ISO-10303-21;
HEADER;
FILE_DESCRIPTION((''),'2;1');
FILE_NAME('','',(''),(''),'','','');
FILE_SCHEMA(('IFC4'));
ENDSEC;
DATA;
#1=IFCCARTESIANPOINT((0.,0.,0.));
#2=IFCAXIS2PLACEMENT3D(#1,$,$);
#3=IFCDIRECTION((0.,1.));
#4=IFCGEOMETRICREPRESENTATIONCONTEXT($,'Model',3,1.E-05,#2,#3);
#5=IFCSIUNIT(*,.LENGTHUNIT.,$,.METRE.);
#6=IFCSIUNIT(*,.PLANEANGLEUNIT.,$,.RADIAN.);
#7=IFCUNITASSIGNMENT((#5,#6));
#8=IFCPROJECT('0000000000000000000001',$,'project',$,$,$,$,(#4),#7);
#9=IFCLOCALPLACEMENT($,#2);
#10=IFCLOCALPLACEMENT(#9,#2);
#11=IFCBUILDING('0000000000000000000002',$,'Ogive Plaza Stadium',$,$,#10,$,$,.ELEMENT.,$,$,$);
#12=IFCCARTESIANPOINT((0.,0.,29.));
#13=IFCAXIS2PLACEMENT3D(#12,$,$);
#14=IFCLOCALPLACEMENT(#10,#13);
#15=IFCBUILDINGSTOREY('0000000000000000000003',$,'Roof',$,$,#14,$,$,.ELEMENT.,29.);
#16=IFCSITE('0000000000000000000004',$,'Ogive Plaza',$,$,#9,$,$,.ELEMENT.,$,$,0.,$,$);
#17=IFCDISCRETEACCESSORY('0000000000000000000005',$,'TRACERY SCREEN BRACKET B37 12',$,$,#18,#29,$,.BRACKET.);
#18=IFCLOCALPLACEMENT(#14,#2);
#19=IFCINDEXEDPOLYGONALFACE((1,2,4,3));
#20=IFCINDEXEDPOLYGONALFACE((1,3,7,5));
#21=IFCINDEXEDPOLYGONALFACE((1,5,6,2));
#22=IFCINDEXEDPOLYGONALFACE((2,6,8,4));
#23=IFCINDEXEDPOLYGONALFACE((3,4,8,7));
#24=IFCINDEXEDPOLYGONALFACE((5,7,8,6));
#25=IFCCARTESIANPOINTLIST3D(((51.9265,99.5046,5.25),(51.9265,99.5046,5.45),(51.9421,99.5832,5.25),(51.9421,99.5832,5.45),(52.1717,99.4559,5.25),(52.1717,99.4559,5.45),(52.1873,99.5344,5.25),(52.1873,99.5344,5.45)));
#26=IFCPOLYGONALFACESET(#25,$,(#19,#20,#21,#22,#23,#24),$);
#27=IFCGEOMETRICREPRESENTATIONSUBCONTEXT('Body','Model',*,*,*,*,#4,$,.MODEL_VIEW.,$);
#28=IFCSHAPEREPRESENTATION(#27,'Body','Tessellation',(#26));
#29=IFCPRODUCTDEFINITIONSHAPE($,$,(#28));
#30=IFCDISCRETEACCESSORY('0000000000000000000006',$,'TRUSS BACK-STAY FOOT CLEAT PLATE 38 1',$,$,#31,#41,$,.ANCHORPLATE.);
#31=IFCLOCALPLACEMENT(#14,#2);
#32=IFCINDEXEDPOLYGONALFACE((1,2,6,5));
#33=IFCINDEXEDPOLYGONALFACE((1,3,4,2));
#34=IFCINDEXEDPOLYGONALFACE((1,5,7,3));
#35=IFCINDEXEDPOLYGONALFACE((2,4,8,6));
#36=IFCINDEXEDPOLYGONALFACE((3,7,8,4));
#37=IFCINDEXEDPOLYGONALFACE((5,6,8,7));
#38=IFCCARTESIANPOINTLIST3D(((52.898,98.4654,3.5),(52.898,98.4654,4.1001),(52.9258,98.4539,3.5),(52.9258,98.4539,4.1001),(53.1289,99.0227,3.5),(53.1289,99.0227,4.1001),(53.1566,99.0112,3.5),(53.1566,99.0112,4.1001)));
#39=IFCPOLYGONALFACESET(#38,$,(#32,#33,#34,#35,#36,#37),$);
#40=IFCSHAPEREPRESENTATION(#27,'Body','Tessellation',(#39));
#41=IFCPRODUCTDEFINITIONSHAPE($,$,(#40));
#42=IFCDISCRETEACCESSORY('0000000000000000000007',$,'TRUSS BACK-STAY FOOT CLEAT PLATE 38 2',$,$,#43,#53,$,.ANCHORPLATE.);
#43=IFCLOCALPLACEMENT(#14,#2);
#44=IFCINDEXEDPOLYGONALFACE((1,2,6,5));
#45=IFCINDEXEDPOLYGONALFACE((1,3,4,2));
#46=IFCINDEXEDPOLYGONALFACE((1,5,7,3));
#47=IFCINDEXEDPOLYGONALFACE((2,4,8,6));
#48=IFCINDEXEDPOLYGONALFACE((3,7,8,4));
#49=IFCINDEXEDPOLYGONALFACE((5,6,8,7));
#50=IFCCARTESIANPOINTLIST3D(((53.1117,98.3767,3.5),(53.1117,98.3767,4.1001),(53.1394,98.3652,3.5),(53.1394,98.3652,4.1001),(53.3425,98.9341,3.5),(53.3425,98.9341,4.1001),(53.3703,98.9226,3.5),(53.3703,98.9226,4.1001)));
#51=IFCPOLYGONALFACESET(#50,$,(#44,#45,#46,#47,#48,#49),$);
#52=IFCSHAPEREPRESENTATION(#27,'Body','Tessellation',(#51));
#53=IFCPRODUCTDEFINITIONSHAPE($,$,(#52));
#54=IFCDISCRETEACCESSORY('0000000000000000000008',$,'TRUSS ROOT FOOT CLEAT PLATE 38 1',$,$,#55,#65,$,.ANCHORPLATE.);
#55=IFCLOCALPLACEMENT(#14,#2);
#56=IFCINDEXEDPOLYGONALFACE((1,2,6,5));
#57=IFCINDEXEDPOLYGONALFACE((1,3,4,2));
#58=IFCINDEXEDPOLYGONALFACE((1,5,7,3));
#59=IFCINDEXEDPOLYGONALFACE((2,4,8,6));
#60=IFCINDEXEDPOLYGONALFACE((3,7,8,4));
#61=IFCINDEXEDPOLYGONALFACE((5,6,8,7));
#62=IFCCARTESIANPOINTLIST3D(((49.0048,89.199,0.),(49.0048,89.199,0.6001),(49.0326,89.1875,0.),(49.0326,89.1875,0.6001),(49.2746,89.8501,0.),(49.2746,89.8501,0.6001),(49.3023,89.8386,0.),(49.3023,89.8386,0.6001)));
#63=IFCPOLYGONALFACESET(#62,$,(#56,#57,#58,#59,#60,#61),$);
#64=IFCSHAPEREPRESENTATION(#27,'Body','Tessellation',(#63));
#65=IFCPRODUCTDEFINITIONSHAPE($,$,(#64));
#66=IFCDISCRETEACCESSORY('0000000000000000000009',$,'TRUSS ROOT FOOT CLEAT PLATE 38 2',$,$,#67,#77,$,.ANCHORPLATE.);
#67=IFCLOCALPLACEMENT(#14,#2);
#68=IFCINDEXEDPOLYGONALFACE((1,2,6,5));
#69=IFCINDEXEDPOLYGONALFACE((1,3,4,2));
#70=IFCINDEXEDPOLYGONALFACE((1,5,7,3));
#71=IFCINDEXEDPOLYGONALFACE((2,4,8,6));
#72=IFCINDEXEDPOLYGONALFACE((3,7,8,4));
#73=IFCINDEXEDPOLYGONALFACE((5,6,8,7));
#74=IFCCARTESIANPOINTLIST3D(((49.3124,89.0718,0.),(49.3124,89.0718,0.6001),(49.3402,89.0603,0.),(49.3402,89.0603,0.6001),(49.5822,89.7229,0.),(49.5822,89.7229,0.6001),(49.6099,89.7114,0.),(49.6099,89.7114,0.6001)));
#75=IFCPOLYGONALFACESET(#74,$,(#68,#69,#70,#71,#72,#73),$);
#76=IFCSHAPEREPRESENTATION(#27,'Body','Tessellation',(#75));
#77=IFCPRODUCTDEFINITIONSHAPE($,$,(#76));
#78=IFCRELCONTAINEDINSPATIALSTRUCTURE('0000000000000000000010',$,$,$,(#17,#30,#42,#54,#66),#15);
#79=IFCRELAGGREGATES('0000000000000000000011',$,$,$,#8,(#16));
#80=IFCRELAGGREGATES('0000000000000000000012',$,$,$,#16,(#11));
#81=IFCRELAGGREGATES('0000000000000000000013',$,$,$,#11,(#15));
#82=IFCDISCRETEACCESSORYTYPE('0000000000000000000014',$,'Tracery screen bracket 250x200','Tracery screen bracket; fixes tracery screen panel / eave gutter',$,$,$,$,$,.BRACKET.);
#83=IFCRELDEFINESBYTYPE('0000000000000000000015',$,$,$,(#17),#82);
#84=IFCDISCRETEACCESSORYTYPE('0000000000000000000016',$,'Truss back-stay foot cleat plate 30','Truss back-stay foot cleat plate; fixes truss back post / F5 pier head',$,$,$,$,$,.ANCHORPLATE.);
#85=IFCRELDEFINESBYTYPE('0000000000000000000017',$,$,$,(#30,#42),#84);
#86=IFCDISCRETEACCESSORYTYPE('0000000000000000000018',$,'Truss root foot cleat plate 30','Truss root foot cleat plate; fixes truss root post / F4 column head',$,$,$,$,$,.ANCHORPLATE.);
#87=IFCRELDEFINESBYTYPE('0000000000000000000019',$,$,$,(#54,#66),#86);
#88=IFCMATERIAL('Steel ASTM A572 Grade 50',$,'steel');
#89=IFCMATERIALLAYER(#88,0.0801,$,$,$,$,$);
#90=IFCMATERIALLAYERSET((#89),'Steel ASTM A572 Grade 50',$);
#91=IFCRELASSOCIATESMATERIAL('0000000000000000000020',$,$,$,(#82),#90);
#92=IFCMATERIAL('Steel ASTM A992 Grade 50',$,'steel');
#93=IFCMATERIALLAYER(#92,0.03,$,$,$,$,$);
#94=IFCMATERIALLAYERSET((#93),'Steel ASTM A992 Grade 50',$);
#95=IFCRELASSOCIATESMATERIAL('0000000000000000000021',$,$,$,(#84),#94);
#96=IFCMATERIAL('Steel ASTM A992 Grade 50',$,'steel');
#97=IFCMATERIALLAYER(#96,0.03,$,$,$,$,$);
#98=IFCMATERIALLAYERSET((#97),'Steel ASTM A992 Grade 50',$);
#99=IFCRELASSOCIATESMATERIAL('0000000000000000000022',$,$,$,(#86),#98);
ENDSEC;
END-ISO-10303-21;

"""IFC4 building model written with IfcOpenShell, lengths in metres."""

from ifc_helpers import new_model, si_unit, direction, frame, origin, origin_2d, place, context, subcontext, project, spatial, rectangle, extrude, material, layer, layer_set, type_object, element, save


model = new_model("IFC4")

# Units and contexts
model_context = context("Model", 3, precision=1e-05, world=origin(), true_north=direction((0.0, 1.0)))
body_context = subcontext(model_context, "Body", "Model", "MODEL_VIEW")
ifc_project = project(units=[si_unit("LENGTHUNIT", "METRE"), si_unit("PLANEANGLEUNIT", "RADIAN")], contexts=[model_context])

# Site, building, storey
site_placement = place(None, origin())
site = spatial("IfcSite", under=ifc_project, at=site_placement, Name="Ogive Plaza", CompositionType="ELEMENT", RefElevation=0.0)
building_placement = place(site_placement, origin())
building = spatial("IfcBuilding", under=site, at=building_placement, Name="Ogive Plaza Stadium", CompositionType="ELEMENT")
storey_placement = place(building_placement, frame((0.0, 0.0, 29.0)))
storey = spatial("IfcBuildingStorey", under=building, at=storey_placement, Name="Roof", CompositionType="ELEMENT", Elevation=29.0)

# Discrete accessories
ifc_material_1 = material(Name="Steel ASTM A572 Grade 50", Category="steel")
ifc_layer_1 = layer(ifc_material_1, 0.0801)
ifc_layer_set_1 = layer_set([ifc_layer_1], Name="Steel ASTM A572 Grade 50")
discrete_accessory_type_1 = type_object("IfcDiscreteAccessoryType", Name="Tracery screen bracket 250x200", Description="Tracery screen bracket; fixes tracery screen panel / eave gutter", PredefinedType="BRACKET", material=ifc_layer_set_1)
for number, where, z_axis, x_axis, name in (
    (1, (52.0569, 99.5195, 5.25), (0.0, 0.0, 1.0), (0.980785, -0.19509, 0.0), "TRACERY SCREEN BRACKET B37 12"),
):
    element("IfcDiscreteAccessory", number, at=place(storey_placement, frame(where, z_axis=z_axis, x_axis=x_axis)), inside=storey, type_object=discrete_accessory_type_1, Name=name, PredefinedType="BRACKET", context=body_context, shape_type="SweptSolid", body=[
        extrude(rectangle(XDim=0.25, YDim=0.0801, at=origin_2d()), origin(), (0.0, 0.0, 1.0), 0.2),
    ])
ifc_material_2 = material(Name="Steel ASTM A992 Grade 50", Category="steel")
ifc_layer_2 = layer(ifc_material_2, 0.03)
ifc_layer_set_2 = layer_set([ifc_layer_2], Name="Steel ASTM A992 Grade 50")
discrete_accessory_type_2 = type_object("IfcDiscreteAccessoryType", Name="Truss back-stay foot cleat plate 30", Description="Truss back-stay foot cleat plate; fixes truss back post / F5 pier head", PredefinedType="ANCHORPLATE", material=ifc_layer_set_2)
for number, where, z_axis, x_axis, name in (
    (2, (53.0273, 98.7383, 3.5), (0.0, 0.0, 1.0), (0.382683, 0.92388, 0.0), "TRUSS BACK-STAY FOOT CLEAT PLATE 38 1"),
    (3, (53.241, 98.6497, 3.5), (0.0, 0.0, 1.0), (0.382683, 0.92388, 0.0), "TRUSS BACK-STAY FOOT CLEAT PLATE 38 2"),
):
    element("IfcDiscreteAccessory", number, at=place(storey_placement, frame(where, z_axis=z_axis, x_axis=x_axis)), inside=storey, type_object=discrete_accessory_type_2, Name=name, PredefinedType="ANCHORPLATE", context=body_context, shape_type="SweptSolid", body=[
        extrude(rectangle(XDim=0.6033, YDim=0.03, at=origin_2d()), origin(), (0.0, 0.0, 1.0), 0.6001),
    ])
ifc_material_3 = material(Name="Steel ASTM A992 Grade 50", Category="steel")
ifc_layer_3 = layer(ifc_material_3, 0.03)
ifc_layer_set_3 = layer_set([ifc_layer_3], Name="Steel ASTM A992 Grade 50")
discrete_accessory_type_3 = type_object("IfcDiscreteAccessoryType", Name="Truss root foot cleat plate 30", Description="Truss root foot cleat plate; fixes truss root post / F4 column head", PredefinedType="ANCHORPLATE", material=ifc_layer_set_3)
for number, where, z_axis, x_axis, name in (
    (4, (49.1536, 89.5188, 0.0), (0.0, 0.0, 1.0), (0.382683, 0.92388, 0.0), "TRUSS ROOT FOOT CLEAT PLATE 38 1"),
    (5, (49.4612, 89.3916, 0.0), (0.0, 0.0, 1.0), (0.382683, 0.92388, 0.0), "TRUSS ROOT FOOT CLEAT PLATE 38 2"),
):
    element("IfcDiscreteAccessory", number, at=place(storey_placement, frame(where, z_axis=z_axis, x_axis=x_axis)), inside=storey, type_object=discrete_accessory_type_3, Name=name, PredefinedType="ANCHORPLATE", context=body_context, shape_type="SweptSolid", body=[
        extrude(rectangle(XDim=0.7048, YDim=0.03, at=origin_2d()), origin(), (0.0, 0.0, 1.0), 0.6001),
    ])

save(model, "model.ifc")
